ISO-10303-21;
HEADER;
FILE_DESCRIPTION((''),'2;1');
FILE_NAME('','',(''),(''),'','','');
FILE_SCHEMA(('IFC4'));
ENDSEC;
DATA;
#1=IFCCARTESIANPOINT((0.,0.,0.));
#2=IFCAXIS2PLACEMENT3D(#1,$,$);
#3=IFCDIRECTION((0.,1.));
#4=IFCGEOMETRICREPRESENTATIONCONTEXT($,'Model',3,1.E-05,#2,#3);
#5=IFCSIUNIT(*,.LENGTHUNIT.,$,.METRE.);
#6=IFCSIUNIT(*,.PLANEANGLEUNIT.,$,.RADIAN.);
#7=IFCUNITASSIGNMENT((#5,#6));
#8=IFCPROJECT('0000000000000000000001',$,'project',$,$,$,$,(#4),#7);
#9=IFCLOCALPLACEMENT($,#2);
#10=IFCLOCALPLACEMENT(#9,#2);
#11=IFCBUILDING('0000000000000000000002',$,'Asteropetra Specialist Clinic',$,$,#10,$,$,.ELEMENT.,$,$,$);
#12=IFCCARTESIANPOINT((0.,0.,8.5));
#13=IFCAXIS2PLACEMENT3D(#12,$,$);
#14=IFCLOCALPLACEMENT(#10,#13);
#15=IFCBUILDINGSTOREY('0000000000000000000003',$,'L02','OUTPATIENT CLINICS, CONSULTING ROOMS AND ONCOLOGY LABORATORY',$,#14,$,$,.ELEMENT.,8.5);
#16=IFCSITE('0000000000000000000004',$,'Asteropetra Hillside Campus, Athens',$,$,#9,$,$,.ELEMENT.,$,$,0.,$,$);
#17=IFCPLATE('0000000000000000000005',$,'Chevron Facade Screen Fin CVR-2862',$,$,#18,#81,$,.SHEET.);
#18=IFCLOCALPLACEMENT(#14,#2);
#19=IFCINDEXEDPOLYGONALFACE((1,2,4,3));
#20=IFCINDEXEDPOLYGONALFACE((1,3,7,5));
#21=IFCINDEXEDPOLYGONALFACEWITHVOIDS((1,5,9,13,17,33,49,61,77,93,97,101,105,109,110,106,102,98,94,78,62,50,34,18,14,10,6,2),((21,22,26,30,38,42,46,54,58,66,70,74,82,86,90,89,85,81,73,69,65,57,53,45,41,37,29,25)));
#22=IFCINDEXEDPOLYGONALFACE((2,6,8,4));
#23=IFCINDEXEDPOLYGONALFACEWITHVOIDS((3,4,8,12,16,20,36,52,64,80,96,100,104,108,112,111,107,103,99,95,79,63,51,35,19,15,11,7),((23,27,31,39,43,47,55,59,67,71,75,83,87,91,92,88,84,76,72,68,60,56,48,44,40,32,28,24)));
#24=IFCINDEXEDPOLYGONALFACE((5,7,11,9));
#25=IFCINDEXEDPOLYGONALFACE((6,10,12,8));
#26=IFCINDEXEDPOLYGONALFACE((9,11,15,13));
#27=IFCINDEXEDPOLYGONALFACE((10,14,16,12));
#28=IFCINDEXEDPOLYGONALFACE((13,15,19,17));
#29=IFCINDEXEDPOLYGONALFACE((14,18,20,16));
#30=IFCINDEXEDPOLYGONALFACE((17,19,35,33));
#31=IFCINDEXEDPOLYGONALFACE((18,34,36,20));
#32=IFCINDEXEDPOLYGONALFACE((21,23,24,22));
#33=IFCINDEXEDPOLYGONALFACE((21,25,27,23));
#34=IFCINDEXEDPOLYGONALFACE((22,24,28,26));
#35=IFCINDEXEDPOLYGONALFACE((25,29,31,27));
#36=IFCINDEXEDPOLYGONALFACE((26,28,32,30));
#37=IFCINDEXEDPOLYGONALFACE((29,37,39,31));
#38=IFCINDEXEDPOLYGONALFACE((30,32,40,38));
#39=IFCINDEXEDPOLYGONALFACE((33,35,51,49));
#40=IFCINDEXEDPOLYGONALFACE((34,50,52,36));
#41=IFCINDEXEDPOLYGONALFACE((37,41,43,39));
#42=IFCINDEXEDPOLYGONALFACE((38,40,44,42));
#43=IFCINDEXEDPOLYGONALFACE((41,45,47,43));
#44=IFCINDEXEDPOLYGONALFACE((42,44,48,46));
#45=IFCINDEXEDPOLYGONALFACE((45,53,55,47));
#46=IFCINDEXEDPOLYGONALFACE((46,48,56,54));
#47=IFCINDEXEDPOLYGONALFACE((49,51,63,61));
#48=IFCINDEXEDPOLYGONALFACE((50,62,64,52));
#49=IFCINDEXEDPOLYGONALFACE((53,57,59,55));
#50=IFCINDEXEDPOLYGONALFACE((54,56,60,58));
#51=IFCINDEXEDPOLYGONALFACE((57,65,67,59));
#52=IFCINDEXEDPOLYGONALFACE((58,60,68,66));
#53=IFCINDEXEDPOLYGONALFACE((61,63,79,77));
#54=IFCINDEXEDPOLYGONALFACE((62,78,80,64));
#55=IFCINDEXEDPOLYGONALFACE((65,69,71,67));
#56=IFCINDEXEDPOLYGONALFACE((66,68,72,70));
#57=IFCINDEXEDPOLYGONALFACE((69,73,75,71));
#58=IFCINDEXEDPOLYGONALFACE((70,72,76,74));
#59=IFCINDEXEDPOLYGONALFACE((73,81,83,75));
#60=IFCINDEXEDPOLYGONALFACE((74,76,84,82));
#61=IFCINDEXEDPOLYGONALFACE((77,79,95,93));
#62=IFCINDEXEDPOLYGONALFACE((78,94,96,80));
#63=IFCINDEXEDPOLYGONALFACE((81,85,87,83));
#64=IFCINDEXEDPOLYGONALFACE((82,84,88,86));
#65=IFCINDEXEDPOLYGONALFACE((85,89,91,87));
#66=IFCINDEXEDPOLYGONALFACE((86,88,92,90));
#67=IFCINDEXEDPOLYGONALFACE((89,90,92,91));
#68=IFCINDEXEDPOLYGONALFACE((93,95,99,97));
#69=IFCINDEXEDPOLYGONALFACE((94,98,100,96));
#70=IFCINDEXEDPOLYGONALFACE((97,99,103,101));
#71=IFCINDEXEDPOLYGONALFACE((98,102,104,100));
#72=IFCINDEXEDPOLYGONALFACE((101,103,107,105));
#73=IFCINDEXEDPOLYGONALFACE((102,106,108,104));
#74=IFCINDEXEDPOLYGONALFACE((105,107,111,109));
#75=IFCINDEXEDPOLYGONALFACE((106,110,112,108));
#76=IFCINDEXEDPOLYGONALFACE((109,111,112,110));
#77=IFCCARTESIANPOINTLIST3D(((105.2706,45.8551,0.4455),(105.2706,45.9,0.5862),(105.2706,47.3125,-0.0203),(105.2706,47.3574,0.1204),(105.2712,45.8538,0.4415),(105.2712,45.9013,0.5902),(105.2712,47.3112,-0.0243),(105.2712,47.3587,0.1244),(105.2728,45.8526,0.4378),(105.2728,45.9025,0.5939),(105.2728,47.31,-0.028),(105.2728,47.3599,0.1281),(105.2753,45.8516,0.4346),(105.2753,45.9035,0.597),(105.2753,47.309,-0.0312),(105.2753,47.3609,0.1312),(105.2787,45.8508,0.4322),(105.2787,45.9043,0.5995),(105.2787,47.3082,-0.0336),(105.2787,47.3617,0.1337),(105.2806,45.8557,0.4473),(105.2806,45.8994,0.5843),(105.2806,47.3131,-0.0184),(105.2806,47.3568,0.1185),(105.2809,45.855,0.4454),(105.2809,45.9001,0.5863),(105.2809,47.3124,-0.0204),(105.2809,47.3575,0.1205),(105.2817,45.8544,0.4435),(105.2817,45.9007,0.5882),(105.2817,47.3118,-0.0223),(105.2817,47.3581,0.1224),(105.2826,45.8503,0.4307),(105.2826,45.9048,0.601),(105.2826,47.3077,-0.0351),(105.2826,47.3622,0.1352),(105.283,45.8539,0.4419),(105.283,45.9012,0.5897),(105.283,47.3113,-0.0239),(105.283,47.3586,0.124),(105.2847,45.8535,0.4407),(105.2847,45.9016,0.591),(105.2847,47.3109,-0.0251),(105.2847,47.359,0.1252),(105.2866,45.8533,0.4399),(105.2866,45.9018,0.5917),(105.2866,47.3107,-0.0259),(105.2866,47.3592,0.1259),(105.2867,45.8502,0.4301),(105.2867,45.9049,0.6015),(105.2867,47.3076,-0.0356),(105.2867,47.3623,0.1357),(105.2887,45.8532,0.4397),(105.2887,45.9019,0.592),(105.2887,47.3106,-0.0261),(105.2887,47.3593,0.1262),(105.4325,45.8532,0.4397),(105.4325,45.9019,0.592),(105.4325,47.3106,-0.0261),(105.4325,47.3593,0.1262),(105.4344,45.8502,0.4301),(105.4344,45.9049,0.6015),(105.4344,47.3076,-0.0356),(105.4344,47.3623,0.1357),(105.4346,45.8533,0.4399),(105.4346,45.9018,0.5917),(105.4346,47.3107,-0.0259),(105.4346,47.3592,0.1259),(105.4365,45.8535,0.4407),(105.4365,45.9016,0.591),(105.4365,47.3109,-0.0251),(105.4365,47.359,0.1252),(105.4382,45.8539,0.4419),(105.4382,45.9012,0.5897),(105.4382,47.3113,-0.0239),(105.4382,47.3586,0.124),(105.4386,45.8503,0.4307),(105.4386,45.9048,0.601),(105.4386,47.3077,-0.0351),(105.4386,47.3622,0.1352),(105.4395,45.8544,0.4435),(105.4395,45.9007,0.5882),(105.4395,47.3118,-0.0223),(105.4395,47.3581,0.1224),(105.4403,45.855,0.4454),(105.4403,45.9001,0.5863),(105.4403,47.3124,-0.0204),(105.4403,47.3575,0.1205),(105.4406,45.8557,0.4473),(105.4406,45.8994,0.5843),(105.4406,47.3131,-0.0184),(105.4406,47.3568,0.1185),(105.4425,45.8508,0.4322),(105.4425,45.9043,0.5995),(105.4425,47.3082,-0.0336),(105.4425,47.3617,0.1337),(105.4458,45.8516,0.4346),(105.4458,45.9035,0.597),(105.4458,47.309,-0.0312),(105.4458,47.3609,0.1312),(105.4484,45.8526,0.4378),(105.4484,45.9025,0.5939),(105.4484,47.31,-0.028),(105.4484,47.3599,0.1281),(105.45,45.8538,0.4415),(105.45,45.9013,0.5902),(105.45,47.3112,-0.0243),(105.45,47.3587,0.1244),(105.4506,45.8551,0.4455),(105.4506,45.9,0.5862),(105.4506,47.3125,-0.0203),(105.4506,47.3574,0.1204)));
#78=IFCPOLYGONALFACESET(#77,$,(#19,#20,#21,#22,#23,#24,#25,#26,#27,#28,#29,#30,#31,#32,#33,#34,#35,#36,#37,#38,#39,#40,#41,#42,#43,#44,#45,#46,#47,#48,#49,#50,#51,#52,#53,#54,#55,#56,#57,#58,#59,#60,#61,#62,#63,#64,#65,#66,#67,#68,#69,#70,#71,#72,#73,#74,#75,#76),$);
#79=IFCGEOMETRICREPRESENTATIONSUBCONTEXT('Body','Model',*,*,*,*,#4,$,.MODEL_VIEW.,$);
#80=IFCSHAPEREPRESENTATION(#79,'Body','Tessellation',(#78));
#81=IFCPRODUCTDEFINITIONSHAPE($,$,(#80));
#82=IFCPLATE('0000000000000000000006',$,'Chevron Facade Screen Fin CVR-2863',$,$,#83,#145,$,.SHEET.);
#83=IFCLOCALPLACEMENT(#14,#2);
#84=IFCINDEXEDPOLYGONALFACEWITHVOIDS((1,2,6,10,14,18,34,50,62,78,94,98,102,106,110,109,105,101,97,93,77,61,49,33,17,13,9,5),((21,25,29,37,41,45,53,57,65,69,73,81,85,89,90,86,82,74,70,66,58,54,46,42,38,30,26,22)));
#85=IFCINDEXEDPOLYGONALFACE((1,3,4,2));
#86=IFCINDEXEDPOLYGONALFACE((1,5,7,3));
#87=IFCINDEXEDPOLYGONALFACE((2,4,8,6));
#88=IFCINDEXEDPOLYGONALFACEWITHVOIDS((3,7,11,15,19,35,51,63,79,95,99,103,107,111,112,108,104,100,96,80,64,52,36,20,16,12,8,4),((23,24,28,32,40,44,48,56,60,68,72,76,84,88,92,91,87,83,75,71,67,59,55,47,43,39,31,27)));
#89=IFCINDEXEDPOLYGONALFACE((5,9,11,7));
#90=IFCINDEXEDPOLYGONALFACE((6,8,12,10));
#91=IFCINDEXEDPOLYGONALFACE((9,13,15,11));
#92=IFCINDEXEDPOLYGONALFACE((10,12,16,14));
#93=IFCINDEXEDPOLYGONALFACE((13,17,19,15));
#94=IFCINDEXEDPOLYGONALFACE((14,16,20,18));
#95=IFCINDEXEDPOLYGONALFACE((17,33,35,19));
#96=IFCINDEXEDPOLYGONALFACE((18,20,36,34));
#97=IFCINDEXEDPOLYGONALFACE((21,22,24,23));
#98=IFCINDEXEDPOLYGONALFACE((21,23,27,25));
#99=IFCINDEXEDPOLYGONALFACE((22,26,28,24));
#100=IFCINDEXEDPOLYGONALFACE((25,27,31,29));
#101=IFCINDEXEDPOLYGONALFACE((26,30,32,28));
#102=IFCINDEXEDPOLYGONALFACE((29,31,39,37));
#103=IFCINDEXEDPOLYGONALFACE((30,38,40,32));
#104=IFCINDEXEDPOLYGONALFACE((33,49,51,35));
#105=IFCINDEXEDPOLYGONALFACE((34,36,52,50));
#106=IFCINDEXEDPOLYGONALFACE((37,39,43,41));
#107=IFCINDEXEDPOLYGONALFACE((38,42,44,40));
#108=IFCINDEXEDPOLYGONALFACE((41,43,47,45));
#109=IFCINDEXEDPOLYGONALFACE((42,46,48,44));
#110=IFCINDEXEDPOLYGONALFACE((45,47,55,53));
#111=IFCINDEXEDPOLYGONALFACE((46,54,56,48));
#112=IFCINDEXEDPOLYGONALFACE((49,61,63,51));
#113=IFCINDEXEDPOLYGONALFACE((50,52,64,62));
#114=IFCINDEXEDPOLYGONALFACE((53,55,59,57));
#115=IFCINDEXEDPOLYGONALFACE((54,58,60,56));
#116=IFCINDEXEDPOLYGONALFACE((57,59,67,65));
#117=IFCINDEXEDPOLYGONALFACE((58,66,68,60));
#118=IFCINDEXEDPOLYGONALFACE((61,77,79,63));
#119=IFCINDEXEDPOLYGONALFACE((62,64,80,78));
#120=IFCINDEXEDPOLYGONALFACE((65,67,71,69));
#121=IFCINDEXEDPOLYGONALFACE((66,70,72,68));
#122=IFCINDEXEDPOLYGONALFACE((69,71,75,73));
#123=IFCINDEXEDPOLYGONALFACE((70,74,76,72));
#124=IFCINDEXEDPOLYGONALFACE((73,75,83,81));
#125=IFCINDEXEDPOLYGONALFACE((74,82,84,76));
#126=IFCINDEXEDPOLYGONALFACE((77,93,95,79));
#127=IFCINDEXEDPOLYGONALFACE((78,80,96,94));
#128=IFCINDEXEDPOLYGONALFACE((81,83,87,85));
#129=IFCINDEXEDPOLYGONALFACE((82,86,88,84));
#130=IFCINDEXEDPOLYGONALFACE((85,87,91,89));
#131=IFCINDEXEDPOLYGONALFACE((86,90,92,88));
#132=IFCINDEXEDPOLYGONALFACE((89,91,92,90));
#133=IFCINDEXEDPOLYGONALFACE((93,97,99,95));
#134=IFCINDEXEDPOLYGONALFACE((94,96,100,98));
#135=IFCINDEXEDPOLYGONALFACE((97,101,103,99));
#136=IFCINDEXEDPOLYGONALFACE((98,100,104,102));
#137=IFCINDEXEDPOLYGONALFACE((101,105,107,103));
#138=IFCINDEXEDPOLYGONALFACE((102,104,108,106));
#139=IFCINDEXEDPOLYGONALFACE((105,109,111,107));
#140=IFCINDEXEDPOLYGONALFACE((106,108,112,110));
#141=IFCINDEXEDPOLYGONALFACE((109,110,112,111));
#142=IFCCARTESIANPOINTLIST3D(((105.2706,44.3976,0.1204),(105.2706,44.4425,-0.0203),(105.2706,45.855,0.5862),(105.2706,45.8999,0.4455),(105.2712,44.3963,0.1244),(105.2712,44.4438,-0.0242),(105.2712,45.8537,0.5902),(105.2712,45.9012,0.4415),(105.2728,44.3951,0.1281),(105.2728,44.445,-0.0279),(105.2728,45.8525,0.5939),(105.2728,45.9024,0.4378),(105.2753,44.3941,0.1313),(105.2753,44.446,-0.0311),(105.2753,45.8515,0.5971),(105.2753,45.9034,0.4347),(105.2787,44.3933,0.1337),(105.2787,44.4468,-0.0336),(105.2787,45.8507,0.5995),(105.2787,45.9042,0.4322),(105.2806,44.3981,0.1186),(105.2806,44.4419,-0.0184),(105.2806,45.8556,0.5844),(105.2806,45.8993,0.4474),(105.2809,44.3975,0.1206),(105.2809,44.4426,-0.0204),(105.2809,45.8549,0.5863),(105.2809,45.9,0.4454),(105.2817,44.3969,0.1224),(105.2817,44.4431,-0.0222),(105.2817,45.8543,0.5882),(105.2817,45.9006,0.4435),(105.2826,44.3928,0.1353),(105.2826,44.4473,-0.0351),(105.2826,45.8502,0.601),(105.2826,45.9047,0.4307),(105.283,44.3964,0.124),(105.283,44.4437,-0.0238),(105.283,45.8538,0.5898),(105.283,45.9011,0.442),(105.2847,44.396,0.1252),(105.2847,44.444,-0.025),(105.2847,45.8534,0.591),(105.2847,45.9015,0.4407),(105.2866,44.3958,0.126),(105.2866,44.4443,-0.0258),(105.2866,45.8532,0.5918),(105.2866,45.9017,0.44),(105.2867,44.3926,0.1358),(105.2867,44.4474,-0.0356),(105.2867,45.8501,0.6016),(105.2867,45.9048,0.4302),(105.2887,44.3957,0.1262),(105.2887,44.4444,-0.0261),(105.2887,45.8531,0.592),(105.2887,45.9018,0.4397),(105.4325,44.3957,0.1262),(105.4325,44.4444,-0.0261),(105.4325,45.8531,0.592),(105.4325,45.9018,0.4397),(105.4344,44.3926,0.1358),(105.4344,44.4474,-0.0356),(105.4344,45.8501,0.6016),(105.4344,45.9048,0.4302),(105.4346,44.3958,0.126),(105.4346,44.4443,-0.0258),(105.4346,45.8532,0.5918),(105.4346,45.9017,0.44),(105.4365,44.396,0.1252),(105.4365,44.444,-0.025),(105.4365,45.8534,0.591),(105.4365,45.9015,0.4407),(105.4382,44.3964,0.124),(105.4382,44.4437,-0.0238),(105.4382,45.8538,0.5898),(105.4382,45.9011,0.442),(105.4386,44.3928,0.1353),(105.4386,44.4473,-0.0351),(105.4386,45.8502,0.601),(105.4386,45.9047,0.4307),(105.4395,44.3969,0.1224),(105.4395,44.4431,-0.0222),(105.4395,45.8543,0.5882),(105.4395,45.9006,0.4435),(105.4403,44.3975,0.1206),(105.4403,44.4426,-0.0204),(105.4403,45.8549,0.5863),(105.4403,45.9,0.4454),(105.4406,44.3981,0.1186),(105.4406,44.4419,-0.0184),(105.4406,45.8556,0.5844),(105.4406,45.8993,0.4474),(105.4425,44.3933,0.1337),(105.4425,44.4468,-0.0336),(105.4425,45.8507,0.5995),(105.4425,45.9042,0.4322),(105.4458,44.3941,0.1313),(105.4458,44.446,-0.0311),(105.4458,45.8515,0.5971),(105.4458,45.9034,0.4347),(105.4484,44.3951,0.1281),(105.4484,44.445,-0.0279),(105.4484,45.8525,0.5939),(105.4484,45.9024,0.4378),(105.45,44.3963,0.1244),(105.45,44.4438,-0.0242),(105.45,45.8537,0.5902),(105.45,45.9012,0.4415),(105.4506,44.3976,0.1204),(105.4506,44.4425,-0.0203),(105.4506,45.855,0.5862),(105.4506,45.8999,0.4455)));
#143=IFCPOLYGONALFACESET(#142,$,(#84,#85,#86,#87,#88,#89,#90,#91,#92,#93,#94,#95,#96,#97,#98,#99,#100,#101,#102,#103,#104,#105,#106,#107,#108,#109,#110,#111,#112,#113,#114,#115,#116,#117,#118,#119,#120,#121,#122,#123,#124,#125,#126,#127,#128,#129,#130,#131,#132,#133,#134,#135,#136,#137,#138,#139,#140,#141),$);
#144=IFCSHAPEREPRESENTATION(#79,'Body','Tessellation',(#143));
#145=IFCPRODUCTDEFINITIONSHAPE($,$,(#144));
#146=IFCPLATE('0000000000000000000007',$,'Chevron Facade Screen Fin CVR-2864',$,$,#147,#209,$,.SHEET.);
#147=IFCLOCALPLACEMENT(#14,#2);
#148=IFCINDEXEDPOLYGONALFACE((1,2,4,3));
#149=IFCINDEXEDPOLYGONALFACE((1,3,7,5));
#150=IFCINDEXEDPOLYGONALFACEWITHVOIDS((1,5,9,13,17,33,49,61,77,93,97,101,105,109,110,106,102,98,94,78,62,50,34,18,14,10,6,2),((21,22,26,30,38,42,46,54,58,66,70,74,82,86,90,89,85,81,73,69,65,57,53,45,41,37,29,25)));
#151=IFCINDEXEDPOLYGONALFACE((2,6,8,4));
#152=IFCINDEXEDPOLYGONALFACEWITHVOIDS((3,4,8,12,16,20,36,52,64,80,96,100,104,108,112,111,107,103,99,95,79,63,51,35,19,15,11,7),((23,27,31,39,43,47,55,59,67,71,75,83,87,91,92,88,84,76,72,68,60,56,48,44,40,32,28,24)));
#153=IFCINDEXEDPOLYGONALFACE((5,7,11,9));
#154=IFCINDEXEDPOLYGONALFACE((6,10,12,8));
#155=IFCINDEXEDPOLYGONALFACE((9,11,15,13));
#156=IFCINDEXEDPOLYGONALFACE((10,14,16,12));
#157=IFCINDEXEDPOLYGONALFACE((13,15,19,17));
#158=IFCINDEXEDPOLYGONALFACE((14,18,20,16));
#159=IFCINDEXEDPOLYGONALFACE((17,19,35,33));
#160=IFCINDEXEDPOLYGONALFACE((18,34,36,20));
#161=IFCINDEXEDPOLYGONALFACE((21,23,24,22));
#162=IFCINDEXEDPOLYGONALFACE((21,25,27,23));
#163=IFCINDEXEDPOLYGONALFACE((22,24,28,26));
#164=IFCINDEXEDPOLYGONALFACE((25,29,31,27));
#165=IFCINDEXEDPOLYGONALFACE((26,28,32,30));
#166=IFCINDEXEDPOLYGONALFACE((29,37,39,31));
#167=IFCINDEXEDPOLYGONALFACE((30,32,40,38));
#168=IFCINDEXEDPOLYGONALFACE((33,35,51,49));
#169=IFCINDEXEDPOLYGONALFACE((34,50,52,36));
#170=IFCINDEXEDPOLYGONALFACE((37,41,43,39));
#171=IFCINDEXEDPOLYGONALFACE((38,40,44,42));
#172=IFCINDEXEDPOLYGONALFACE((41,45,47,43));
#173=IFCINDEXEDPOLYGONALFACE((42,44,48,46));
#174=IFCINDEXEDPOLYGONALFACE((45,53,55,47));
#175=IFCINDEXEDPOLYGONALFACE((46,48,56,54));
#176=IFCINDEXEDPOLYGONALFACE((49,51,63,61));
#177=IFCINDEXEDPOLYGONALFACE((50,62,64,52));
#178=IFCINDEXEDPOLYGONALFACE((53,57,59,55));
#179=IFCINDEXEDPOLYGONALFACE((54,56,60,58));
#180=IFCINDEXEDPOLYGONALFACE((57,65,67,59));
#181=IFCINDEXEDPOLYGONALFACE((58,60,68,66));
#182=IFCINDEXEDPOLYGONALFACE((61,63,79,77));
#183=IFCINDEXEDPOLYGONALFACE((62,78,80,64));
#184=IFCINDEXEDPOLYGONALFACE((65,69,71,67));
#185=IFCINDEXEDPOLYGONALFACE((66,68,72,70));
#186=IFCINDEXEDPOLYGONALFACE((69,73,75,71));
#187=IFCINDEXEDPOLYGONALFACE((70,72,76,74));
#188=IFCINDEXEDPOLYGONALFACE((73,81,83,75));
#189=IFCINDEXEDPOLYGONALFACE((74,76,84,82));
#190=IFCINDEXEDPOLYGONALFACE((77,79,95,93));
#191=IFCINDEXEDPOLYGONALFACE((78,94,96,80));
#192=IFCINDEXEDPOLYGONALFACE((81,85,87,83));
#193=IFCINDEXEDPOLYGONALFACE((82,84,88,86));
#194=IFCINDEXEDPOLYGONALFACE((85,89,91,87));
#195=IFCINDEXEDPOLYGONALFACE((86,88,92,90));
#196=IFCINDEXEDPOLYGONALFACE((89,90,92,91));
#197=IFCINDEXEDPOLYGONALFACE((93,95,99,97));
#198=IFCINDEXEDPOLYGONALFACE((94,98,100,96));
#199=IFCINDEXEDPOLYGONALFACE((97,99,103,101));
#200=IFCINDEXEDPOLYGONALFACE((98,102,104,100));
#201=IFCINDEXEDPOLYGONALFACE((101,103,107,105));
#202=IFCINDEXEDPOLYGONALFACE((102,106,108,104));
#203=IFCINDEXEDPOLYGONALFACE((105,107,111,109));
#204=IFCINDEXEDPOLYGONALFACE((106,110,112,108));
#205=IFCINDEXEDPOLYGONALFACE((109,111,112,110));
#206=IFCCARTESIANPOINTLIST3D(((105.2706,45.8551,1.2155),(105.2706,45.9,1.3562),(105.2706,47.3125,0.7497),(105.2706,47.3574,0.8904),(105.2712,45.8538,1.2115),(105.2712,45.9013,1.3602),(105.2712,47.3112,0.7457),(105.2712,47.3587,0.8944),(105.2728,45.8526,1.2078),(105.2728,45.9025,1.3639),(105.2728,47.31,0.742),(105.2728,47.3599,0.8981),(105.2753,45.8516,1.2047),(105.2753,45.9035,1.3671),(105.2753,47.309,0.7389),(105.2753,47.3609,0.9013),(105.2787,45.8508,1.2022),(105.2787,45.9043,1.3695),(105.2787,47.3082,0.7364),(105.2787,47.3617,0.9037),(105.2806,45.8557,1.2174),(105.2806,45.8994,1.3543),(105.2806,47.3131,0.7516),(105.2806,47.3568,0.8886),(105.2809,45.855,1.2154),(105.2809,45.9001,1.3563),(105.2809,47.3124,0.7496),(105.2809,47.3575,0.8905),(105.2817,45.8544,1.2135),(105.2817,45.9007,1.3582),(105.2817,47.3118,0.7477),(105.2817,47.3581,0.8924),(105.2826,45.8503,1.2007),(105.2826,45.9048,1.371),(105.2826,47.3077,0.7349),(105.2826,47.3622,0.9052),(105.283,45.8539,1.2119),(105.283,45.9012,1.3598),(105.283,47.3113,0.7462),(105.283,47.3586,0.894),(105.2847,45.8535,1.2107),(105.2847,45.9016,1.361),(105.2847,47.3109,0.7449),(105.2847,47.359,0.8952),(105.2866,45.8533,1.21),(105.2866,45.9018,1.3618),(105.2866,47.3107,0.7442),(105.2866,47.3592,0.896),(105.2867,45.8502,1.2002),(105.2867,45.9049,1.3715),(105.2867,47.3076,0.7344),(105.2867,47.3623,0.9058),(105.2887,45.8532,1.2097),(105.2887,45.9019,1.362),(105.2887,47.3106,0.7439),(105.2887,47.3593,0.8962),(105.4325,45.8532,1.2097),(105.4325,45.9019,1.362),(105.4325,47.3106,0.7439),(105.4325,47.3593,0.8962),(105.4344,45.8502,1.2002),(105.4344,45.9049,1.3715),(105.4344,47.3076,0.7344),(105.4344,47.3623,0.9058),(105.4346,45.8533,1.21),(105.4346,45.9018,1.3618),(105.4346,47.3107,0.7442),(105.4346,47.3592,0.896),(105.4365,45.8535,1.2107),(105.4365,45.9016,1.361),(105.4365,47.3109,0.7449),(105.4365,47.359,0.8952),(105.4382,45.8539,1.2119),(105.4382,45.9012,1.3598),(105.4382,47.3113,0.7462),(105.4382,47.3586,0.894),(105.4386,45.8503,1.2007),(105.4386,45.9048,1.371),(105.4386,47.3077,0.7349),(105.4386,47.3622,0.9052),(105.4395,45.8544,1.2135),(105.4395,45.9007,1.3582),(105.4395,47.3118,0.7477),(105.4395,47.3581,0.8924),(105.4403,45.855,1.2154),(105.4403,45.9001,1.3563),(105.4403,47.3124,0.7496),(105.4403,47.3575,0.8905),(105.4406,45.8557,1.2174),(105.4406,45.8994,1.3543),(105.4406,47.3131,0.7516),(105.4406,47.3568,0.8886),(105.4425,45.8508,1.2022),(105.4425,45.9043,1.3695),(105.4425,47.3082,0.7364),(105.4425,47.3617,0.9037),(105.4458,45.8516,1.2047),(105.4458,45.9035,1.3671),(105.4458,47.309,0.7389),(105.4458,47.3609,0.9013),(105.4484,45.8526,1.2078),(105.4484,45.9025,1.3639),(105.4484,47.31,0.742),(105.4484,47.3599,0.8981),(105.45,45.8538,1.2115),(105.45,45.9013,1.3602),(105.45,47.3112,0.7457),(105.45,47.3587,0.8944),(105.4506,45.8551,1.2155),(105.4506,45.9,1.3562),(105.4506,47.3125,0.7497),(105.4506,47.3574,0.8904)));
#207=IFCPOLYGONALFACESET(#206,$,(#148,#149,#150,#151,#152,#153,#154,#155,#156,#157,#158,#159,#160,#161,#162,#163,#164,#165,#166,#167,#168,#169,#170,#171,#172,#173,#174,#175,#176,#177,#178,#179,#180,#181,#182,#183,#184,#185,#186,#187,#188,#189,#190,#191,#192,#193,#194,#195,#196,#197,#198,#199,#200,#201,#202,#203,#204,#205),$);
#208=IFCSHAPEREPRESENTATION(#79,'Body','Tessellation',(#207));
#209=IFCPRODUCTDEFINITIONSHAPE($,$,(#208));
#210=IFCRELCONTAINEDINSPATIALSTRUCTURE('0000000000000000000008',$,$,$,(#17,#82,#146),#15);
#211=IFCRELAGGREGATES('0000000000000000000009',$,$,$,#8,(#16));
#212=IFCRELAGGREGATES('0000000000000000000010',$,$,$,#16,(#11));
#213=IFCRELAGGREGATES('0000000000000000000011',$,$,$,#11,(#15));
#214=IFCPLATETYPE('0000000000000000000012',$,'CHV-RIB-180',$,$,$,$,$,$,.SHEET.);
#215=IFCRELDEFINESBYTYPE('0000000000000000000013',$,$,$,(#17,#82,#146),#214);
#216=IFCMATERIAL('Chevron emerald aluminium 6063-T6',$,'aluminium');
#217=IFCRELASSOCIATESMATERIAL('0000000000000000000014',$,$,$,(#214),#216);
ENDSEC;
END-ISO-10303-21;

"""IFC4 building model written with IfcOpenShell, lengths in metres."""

from ifc_helpers import new_model, si_unit, direction, frame, origin, origin_2d, place, context, subcontext, project, spatial, hollow_rectangle, extrude, material, material_profile, profile_set, type_object, element, save


model = new_model("IFC4")

# Units and contexts
model_context = context("Model", 3, precision=1e-05, world=origin(), true_north=direction((0.0, 1.0)))
body_context = subcontext(model_context, "Body", "Model", "MODEL_VIEW")
ifc_project = project(units=[si_unit("LENGTHUNIT", "METRE"), si_unit("PLANEANGLEUNIT", "RADIAN")], contexts=[model_context])

# Site, building, storey
site_placement = place(None, origin())
site = spatial("IfcSite", under=ifc_project, at=site_placement, Name="Asteropetra Hillside Campus, Athens", CompositionType="ELEMENT", RefElevation=0.0)
building_placement = place(site_placement, origin())
building = spatial("IfcBuilding", under=site, at=building_placement, Name="Asteropetra Specialist Clinic", CompositionType="ELEMENT")
storey_placement = place(building_placement, frame((0.0, 0.0, 8.5)))
storey = spatial("IfcBuildingStorey", under=building, at=storey_placement, Name="L02", Description="OUTPATIENT CLINICS, CONSULTING ROOMS AND ONCOLOGY LABORATORY", CompositionType="ELEMENT", Elevation=8.5)

# Plates
ifc_material_1 = material(Name="Chevron emerald aluminium 6063-T6", Category="aluminium")
ifc_material_profile = material_profile(ifc_material_1, hollow_rectangle(XDim=0.1799, YDim=0.1799, WallThickness=0.01, InnerFilletRadius=0.0081, OuterFilletRadius=0.0161, at=origin_2d()), Name="SHS 180x180x10.0")
ifc_profile_set = profile_set([ifc_material_profile], Name="Chevron emerald aluminium 6063-T6")
plate_type_1 = type_object("IfcPlateType", Name="CHV-RIB-180", PredefinedType="SHEET", material=ifc_profile_set)
for number, where, z_axis, x_axis, name in (
    (1, (105.3606, 47.335, 0.05), (0.0, -0.952535, 0.304428), (1.0, 0.0, 0.0), "Chevron Facade Screen Fin CVR-2862"),
    (2, (105.3606, 45.8774, 0.5159), (0.0, -0.952535, -0.304428), (1.0, 0.0, 0.0), "Chevron Facade Screen Fin CVR-2863"),
    (3, (105.3606, 47.335, 0.8201), (0.0, -0.952535, 0.304428), (1.0, 0.0, 0.0), "Chevron Facade Screen Fin CVR-2864"),
):
    element("IfcPlate", number, at=place(storey_placement, frame(where, z_axis=z_axis, x_axis=x_axis)), inside=storey, type_object=plate_type_1, Name=name, PredefinedType="SHEET", context=body_context, shape_type="SweptSolid", body=[
        extrude(hollow_rectangle(XDim=0.1799, YDim=0.1799, WallThickness=0.01, InnerFilletRadius=0.0081, OuterFilletRadius=0.0161, at=origin_2d()), origin(), (0.0, 0.0, 1.0), 1.53),
    ])

save(model, "model.ifc")
